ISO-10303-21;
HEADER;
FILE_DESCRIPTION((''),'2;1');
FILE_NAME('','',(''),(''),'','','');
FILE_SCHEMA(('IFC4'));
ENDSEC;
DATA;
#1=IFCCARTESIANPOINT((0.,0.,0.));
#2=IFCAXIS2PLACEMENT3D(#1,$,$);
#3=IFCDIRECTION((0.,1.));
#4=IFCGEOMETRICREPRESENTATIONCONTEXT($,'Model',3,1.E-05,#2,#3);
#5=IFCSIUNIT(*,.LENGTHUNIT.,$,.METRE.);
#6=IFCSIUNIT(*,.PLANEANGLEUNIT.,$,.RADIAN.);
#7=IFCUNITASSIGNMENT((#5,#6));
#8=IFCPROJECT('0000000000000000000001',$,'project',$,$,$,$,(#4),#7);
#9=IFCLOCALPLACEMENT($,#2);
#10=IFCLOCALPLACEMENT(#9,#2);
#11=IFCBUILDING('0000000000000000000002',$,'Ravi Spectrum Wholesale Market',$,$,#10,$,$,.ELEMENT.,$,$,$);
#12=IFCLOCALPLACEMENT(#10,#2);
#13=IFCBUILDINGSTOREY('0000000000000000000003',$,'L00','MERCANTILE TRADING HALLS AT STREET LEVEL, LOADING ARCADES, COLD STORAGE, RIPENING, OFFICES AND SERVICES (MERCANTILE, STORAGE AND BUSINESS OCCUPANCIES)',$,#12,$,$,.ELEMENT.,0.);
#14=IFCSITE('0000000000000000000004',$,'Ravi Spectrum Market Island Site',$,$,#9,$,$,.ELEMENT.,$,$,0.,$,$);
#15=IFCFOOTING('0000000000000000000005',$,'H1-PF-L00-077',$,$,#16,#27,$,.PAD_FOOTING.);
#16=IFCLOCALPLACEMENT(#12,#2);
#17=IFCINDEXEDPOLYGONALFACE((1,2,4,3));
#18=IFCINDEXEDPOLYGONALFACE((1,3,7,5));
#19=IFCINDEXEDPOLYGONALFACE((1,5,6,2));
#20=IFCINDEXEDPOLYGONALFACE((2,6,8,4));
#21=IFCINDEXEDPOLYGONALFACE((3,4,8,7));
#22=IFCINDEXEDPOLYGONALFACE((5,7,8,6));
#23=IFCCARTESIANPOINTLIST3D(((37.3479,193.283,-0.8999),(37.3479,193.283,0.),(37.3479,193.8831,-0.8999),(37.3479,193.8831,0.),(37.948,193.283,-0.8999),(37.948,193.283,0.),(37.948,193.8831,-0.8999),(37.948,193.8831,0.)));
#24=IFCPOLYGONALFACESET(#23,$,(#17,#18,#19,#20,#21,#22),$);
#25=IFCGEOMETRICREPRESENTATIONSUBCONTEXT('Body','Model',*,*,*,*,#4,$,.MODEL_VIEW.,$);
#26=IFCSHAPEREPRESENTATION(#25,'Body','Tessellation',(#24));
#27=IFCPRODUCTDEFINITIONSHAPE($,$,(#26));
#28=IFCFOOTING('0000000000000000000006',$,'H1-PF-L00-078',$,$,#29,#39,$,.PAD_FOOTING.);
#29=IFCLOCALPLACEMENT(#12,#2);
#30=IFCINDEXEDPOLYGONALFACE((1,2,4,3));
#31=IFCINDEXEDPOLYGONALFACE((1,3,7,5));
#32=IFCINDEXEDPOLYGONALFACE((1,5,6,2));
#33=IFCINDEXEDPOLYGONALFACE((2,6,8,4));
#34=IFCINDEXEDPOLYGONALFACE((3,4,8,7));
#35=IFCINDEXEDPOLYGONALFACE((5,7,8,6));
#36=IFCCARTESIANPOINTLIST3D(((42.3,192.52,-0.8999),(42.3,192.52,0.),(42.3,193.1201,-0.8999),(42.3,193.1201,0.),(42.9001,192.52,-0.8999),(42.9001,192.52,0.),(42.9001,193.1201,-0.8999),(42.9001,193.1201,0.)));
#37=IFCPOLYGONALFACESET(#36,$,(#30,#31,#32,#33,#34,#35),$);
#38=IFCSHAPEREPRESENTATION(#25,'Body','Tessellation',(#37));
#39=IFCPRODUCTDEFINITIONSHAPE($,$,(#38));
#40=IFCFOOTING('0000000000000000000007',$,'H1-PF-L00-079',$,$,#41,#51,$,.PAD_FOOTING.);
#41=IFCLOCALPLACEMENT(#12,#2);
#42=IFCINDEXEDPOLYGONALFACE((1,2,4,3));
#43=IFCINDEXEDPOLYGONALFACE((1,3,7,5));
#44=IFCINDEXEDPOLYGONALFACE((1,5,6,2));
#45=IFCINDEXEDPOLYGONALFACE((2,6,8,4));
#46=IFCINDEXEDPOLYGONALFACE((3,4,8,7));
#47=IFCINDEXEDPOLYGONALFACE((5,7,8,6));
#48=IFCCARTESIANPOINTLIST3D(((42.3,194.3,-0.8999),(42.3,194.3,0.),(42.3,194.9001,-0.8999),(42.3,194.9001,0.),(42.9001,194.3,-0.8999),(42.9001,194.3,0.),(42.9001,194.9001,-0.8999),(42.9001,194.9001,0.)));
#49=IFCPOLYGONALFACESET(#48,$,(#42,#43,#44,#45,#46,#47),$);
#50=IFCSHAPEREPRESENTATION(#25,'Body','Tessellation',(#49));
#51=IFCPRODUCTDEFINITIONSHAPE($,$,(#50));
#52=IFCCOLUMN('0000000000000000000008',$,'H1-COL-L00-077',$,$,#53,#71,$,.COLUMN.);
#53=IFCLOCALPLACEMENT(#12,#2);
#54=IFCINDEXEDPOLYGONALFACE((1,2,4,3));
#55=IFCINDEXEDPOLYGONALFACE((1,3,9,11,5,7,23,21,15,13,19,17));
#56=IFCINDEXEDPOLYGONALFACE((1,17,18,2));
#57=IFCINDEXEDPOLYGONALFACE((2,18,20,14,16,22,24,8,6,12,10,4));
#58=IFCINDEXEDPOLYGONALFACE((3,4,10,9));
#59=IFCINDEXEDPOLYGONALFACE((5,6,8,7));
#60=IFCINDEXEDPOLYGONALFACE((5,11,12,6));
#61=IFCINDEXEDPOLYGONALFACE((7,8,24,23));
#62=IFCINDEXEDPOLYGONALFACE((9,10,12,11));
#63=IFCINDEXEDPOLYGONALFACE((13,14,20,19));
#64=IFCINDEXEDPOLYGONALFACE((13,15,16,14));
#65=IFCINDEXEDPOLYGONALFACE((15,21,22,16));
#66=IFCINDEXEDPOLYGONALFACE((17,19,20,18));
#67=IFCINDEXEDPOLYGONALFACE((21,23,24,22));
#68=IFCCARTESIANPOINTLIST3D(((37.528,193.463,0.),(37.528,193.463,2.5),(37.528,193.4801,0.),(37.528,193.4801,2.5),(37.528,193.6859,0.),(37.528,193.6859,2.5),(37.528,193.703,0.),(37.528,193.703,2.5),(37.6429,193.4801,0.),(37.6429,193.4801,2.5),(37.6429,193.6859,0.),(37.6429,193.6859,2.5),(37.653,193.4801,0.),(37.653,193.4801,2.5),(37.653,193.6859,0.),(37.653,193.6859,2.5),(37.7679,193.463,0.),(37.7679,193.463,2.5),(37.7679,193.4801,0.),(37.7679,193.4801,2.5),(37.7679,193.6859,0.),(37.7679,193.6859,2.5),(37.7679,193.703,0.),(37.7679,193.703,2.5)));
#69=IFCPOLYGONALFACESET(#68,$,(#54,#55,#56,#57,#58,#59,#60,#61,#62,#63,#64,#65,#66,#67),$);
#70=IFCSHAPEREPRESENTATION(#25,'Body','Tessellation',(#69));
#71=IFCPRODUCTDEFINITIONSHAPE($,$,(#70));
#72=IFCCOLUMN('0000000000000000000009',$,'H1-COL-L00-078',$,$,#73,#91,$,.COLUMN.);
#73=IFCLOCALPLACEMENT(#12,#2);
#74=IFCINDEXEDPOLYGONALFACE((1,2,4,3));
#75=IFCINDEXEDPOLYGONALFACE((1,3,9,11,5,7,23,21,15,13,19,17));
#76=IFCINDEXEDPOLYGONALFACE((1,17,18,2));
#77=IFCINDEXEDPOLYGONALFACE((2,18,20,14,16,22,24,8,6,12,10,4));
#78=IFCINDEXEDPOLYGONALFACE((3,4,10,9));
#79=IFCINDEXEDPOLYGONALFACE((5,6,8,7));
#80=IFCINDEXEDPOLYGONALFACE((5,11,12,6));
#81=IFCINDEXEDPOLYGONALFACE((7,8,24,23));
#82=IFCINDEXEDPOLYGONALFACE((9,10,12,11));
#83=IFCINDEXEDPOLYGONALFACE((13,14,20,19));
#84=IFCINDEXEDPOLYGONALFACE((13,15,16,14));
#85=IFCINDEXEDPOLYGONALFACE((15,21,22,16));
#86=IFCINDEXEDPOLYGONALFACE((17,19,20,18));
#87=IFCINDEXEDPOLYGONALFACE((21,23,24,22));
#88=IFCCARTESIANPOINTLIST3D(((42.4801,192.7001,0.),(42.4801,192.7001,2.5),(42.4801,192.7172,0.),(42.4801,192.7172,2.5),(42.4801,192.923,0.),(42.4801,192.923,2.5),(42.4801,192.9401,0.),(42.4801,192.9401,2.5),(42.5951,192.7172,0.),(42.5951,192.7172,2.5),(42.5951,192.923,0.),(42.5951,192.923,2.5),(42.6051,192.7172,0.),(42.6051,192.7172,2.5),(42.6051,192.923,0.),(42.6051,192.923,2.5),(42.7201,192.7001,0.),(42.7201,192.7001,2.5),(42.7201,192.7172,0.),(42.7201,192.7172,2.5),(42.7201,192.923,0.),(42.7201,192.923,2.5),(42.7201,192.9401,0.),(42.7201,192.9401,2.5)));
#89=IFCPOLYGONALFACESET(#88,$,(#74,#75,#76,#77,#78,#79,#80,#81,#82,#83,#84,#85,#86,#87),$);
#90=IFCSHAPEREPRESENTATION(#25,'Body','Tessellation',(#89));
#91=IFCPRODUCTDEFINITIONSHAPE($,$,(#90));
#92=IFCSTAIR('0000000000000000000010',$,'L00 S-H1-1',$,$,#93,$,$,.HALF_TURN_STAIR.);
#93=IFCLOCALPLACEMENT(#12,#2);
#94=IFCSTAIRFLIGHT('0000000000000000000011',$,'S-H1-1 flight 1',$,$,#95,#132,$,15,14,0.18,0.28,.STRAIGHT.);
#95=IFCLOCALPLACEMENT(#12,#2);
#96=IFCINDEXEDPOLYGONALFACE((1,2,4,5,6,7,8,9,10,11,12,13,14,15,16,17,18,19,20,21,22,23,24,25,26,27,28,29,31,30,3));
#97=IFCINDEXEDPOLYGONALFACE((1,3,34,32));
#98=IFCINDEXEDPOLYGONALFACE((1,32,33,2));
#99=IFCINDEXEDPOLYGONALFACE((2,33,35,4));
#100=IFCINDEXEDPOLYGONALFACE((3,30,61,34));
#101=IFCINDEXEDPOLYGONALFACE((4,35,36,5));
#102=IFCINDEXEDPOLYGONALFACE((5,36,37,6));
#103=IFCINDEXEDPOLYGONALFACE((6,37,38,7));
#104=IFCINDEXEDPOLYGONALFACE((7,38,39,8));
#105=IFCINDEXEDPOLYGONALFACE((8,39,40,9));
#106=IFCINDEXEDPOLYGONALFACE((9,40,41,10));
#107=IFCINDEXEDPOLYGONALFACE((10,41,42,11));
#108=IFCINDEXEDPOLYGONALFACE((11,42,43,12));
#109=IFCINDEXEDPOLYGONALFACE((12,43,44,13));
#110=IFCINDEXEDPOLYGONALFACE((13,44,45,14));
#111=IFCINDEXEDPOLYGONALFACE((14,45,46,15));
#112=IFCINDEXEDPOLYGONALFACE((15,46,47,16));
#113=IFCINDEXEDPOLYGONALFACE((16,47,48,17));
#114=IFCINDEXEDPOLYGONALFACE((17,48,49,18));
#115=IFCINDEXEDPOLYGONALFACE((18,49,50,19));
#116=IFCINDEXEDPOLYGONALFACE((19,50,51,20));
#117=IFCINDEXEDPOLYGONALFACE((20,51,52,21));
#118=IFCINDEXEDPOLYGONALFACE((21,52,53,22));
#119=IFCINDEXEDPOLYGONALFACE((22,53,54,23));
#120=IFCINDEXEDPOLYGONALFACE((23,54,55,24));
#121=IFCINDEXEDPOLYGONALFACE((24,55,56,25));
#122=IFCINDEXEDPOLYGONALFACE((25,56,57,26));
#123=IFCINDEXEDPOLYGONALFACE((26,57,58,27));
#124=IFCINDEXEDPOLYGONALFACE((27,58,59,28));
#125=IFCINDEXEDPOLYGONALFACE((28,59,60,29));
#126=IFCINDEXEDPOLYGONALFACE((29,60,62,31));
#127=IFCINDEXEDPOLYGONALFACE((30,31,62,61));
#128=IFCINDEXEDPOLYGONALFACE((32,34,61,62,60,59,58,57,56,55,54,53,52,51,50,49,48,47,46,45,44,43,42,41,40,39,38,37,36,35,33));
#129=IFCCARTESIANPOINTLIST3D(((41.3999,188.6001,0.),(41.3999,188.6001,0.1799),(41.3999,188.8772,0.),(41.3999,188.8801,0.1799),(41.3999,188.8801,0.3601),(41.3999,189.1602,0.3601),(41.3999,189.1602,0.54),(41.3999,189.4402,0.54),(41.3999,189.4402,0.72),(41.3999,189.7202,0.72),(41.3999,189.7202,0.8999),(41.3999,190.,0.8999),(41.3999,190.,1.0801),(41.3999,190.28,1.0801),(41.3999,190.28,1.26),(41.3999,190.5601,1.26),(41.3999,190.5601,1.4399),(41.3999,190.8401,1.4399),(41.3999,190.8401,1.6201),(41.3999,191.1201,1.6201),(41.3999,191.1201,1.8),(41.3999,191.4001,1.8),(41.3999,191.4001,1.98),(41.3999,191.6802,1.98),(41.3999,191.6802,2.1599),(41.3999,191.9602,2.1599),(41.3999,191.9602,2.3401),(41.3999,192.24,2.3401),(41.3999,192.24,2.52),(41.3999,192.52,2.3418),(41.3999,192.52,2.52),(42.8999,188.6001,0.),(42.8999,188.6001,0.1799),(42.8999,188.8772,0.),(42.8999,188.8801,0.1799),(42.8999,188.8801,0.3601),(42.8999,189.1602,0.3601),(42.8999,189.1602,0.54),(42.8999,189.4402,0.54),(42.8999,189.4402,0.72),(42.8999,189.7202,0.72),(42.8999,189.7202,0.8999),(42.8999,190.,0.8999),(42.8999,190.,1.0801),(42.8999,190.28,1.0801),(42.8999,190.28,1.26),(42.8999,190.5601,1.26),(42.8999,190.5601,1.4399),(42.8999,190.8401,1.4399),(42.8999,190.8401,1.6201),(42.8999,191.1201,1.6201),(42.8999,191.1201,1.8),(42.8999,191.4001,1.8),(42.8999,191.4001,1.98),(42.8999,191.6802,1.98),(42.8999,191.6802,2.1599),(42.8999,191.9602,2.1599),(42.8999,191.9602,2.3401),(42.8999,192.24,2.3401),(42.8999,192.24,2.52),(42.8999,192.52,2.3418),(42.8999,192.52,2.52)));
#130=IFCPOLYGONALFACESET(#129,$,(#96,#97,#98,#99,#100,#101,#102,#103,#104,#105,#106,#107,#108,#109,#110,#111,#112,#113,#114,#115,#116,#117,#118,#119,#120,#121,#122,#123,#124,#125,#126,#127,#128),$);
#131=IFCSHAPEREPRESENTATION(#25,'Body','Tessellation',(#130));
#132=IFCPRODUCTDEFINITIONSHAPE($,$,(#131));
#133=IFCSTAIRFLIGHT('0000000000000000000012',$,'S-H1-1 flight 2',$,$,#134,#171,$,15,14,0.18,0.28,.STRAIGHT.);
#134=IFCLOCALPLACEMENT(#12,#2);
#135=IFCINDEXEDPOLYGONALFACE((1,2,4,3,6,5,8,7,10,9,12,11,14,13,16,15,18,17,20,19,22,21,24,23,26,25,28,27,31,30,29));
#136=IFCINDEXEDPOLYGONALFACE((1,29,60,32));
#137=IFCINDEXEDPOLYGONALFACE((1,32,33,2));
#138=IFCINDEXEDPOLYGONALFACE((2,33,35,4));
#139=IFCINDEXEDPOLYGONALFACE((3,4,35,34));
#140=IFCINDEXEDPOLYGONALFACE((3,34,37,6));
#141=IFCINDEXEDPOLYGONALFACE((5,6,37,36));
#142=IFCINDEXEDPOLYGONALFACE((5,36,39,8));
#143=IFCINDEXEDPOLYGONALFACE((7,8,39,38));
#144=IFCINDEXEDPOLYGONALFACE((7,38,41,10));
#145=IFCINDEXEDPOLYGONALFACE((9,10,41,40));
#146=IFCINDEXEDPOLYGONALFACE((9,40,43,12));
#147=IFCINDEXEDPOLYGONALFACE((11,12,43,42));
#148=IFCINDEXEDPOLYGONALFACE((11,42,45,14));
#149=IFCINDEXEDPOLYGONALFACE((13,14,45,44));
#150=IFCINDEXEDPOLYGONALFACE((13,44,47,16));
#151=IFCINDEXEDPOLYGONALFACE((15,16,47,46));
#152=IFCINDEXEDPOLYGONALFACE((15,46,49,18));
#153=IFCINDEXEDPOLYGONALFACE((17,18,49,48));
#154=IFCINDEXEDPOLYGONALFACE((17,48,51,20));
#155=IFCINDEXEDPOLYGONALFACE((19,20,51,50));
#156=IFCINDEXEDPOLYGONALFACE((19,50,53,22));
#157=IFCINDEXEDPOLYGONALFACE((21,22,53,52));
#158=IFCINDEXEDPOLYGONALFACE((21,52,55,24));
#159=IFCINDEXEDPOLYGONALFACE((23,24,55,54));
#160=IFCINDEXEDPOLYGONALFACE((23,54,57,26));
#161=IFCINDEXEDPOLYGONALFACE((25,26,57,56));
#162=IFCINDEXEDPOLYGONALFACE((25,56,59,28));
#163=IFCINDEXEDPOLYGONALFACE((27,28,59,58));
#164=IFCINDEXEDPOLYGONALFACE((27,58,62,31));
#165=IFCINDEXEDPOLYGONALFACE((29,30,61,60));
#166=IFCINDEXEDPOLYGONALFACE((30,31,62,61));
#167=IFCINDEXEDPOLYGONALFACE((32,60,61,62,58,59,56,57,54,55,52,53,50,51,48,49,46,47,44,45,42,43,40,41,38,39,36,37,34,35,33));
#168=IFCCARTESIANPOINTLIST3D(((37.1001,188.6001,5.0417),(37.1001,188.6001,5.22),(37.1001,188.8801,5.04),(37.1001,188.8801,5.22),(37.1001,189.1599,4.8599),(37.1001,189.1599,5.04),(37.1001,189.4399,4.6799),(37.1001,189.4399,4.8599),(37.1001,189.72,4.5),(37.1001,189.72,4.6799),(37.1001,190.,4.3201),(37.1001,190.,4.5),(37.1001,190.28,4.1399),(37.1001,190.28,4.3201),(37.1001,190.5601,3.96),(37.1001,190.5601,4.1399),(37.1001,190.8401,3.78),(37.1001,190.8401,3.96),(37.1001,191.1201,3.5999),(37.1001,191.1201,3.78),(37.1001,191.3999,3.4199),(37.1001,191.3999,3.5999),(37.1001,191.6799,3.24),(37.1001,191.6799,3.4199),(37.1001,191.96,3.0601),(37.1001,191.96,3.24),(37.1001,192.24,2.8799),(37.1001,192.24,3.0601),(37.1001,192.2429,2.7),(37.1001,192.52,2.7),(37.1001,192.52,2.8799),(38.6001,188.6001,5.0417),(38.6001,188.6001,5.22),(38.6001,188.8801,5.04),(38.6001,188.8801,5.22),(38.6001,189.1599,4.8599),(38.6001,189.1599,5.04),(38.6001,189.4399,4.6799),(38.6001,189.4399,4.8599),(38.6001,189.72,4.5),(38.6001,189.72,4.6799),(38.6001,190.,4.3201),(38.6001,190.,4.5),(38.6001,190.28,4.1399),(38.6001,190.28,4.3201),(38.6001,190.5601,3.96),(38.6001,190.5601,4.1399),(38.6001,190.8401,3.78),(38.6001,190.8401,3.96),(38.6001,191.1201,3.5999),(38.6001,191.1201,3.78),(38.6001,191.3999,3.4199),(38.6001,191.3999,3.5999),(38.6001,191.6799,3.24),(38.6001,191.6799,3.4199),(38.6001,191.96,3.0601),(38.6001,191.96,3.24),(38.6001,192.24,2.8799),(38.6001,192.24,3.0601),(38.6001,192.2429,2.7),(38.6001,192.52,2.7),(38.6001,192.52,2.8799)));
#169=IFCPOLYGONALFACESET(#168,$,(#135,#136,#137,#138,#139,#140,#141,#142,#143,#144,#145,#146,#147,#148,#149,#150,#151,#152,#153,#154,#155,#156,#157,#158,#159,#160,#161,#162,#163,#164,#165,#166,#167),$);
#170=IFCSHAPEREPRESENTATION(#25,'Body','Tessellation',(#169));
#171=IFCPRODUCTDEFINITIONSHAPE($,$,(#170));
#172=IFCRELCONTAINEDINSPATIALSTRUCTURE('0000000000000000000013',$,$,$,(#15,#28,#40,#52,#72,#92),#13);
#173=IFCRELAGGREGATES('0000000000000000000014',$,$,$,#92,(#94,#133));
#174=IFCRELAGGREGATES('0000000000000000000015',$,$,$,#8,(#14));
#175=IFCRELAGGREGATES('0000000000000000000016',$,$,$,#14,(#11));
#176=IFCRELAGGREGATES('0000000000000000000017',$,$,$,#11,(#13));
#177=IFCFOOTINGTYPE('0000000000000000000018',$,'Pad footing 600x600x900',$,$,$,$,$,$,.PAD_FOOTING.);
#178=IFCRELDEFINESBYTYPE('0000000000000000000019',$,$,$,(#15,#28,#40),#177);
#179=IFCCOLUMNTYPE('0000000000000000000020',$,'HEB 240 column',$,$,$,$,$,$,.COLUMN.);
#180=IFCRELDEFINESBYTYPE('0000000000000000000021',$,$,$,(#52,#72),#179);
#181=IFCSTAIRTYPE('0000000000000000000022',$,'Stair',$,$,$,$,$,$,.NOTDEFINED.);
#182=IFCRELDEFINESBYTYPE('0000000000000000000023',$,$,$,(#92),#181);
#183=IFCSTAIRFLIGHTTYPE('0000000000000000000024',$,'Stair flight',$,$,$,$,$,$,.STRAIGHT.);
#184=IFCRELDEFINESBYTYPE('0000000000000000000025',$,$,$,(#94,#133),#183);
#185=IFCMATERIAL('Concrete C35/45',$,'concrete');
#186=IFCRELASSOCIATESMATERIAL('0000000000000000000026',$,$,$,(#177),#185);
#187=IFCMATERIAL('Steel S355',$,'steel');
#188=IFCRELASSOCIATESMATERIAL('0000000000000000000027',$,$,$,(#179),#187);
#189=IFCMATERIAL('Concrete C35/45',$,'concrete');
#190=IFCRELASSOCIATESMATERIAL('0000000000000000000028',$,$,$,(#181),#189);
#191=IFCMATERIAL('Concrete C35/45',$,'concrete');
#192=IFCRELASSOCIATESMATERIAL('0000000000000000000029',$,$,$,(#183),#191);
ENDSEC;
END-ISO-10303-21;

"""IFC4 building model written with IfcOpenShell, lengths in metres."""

from ifc_helpers import new_model, si_unit, direction, frame, origin, origin_2d, place, context, subcontext, project, spatial, polyline, rectangle, i_section, outline, extrude, material, material_profile, profile_set, type_object, element, aggregate, save


model = new_model("IFC4")

# Units and contexts
model_context = context("Model", 3, precision=1e-05, world=origin(), true_north=direction((0.0, 1.0)))
body_context = subcontext(model_context, "Body", "Model", "MODEL_VIEW")
ifc_project = project(units=[si_unit("LENGTHUNIT", "METRE"), si_unit("PLANEANGLEUNIT", "RADIAN")], contexts=[model_context])

# Site, building, storey
site_placement = place(None, origin())
site = spatial("IfcSite", under=ifc_project, at=site_placement, Name="Ravi Spectrum Market Island Site", CompositionType="ELEMENT", RefElevation=0.0)
building_placement = place(site_placement, origin())
building = spatial("IfcBuilding", under=site, at=building_placement, Name="Ravi Spectrum Wholesale Market", CompositionType="ELEMENT")
storey_placement = place(building_placement, origin())
storey = spatial("IfcBuildingStorey", under=building, at=storey_placement, Name="L00", Description="MERCANTILE TRADING HALLS AT STREET LEVEL, LOADING ARCADES, COLD STORAGE, RIPENING, OFFICES AND SERVICES (MERCANTILE, STORAGE AND BUSINESS OCCUPANCIES)", CompositionType="ELEMENT", Elevation=0.0)

# Footings
ifc_material_1 = material(Name="Concrete C35/45", Category="concrete")
footing_type = type_object("IfcFootingType", Name="Pad footing 600x600x900", PredefinedType="PAD_FOOTING", material=ifc_material_1)
for number, where, z_axis, x_axis, name in (
    (1, (37.6479, 193.583, -0.8999), (0.0, 0.0, 1.0), (1.0, 0.0, 0.0), "H1-PF-L00-077"),
    (2, (42.6001, 192.8201, -0.8999), (0.0, 0.0, 1.0), (1.0, 0.0, 0.0), "H1-PF-L00-078"),
    (3, (42.6001, 194.6001, -0.8999), (0.0, 0.0, 1.0), (1.0, 0.0, 0.0), "H1-PF-L00-079"),
):
    element("IfcFooting", number, at=place(storey_placement, frame(where, z_axis=z_axis, x_axis=x_axis)), inside=storey, type_object=footing_type, Name=name, PredefinedType="PAD_FOOTING", context=body_context, shape_type="SweptSolid", body=[
        extrude(rectangle(XDim=0.6001, YDim=0.6001, at=origin_2d()), origin(), (0.0, 0.0, 1.0), 0.8999),
    ])

# Columns
ifc_material_2 = material(Name="Steel S355", Category="steel")
ifc_material_profile = material_profile(ifc_material_2, i_section(OverallWidth=0.24, OverallDepth=0.24, WebThickness=0.01, FlangeThickness=0.0171, at=origin_2d()))
ifc_profile_set = profile_set([ifc_material_profile], Name="Steel S355")
column_type = type_object("IfcColumnType", Name="HEB 240 column", PredefinedType="COLUMN", material=ifc_profile_set)
for number, where, z_axis, x_axis, name in (
    (4, (37.6479, 193.583, 0.0), (0.0, 0.0, 1.0), (1.0, 0.0, 0.0), "H1-COL-L00-077"),
    (5, (42.6001, 192.8201, 0.0), (0.0, 0.0, 1.0), (1.0, 0.0, 0.0), "H1-COL-L00-078"),
):
    element("IfcColumn", number, at=place(storey_placement, frame(where, z_axis=z_axis, x_axis=x_axis)), inside=storey, type_object=column_type, Name=name, PredefinedType="COLUMN", context=body_context, shape_type="SweptSolid", body=[
        extrude(i_section(OverallWidth=0.24, OverallDepth=0.24, WebThickness=0.01, FlangeThickness=0.0171, at=origin_2d()), origin(), (0.0, 0.0, 1.0), 2.5),
    ])

# Stair, stair flights
ifc_material_3 = material(Name="Concrete C35/45", Category="concrete")
stair_type = type_object("IfcStairType", Name="Stair", PredefinedType="NOTDEFINED", material=ifc_material_3)
stair_placement = place(storey_placement, origin())
stair = element("IfcStair", 6, at=stair_placement, inside=storey, type_object=stair_type, Name="L00 S-H1-1", PredefinedType="HALF_TURN_STAIR")
ifc_material_4 = material(Name="Concrete C35/45", Category="concrete")
stair_flight_type = type_object("IfcStairFlightType", Name="Stair flight", PredefinedType="STRAIGHT", material=ifc_material_4)
stair_flight_1_placement = place(storey_placement, frame((42.1499, 188.6001, 0.0), z_axis=(0.0, 0.0, 1.0), x_axis=(0.0, 1.0, 0.0)))
stair_flight_1 = element("IfcStairFlight", 7, at=stair_flight_1_placement, type_object=stair_flight_type, Name="S-H1-1 flight 1", NumberOfRisers=15, NumberOfTreads=14, PredefinedType="STRAIGHT", RiserHeight=0.18, TreadLength=0.28, context=body_context, shape_type="SweptSolid", body=[
    extrude(outline(polyline([(0.0, 0.0), (0.0, 0.1799), (0.28, 0.1799), (0.28, 0.3601), (0.5601, 0.3601), (0.5601, 0.54), (0.8401, 0.54), (0.8401, 0.72), (1.1201, 0.72), (1.1201, 0.8999), (1.3999, 0.8999), (1.3999, 1.0801), (1.6799, 1.0801), (1.6799, 1.26), (1.96, 1.26), (1.96, 1.4399), (2.24, 1.4399), (2.24, 1.6201), (2.52, 1.6201), (2.52, 1.8), (2.8, 1.8), (2.8, 1.98), (3.0801, 1.98), (3.0801, 2.1599), (3.3601, 2.1599), (3.3601, 2.3401), (3.6399, 2.3401), (3.6399, 2.52), (3.9199, 2.52), (3.9199, 2.7), (3.9199, 2.3418), (0.2771, 0.0), (0.0, 0.0)])), frame((0.0, 0.75, 0.0), z_axis=(0.0, -1.0, 0.0), x_axis=(1.0, 0.0, 0.0)), (0.0, 0.0, 1.0), 1.5),
])
stair_flight_2_placement = place(storey_placement, frame((37.8501, 192.52, 2.7), z_axis=(0.0, 0.0, 1.0), x_axis=(0.0, -1.0, 0.0)))
stair_flight_2 = element("IfcStairFlight", 8, at=stair_flight_2_placement, type_object=stair_flight_type, Name="S-H1-1 flight 2", NumberOfRisers=15, NumberOfTreads=14, PredefinedType="STRAIGHT", RiserHeight=0.18, TreadLength=0.28, context=body_context, shape_type="SweptSolid", body=[
    extrude(outline(polyline([(0.0, 0.0), (0.0, 0.1799), (0.28, 0.1799), (0.28, 0.3601), (0.5601, 0.3601), (0.5601, 0.54), (0.8401, 0.54), (0.8401, 0.72), (1.1201, 0.72), (1.1201, 0.8999), (1.3999, 0.8999), (1.3999, 1.0801), (1.6799, 1.0801), (1.6799, 1.26), (1.96, 1.26), (1.96, 1.4399), (2.24, 1.4399), (2.24, 1.6201), (2.52, 1.6201), (2.52, 1.8), (2.8, 1.8), (2.8, 1.98), (3.0801, 1.98), (3.0801, 2.1599), (3.3601, 2.1599), (3.3601, 2.3401), (3.6399, 2.3401), (3.6399, 2.52), (3.9199, 2.52), (3.9199, 2.7), (3.9199, 2.3418), (0.2771, 0.0), (0.0, 0.0)])), frame((0.0, 0.75, 0.0), z_axis=(0.0, -1.0, 0.0), x_axis=(1.0, 0.0, 0.0)), (0.0, 0.0, 1.0), 1.5),
])
aggregate(stair, [stair_flight_1, stair_flight_2])

save(model, "model.ifc")
